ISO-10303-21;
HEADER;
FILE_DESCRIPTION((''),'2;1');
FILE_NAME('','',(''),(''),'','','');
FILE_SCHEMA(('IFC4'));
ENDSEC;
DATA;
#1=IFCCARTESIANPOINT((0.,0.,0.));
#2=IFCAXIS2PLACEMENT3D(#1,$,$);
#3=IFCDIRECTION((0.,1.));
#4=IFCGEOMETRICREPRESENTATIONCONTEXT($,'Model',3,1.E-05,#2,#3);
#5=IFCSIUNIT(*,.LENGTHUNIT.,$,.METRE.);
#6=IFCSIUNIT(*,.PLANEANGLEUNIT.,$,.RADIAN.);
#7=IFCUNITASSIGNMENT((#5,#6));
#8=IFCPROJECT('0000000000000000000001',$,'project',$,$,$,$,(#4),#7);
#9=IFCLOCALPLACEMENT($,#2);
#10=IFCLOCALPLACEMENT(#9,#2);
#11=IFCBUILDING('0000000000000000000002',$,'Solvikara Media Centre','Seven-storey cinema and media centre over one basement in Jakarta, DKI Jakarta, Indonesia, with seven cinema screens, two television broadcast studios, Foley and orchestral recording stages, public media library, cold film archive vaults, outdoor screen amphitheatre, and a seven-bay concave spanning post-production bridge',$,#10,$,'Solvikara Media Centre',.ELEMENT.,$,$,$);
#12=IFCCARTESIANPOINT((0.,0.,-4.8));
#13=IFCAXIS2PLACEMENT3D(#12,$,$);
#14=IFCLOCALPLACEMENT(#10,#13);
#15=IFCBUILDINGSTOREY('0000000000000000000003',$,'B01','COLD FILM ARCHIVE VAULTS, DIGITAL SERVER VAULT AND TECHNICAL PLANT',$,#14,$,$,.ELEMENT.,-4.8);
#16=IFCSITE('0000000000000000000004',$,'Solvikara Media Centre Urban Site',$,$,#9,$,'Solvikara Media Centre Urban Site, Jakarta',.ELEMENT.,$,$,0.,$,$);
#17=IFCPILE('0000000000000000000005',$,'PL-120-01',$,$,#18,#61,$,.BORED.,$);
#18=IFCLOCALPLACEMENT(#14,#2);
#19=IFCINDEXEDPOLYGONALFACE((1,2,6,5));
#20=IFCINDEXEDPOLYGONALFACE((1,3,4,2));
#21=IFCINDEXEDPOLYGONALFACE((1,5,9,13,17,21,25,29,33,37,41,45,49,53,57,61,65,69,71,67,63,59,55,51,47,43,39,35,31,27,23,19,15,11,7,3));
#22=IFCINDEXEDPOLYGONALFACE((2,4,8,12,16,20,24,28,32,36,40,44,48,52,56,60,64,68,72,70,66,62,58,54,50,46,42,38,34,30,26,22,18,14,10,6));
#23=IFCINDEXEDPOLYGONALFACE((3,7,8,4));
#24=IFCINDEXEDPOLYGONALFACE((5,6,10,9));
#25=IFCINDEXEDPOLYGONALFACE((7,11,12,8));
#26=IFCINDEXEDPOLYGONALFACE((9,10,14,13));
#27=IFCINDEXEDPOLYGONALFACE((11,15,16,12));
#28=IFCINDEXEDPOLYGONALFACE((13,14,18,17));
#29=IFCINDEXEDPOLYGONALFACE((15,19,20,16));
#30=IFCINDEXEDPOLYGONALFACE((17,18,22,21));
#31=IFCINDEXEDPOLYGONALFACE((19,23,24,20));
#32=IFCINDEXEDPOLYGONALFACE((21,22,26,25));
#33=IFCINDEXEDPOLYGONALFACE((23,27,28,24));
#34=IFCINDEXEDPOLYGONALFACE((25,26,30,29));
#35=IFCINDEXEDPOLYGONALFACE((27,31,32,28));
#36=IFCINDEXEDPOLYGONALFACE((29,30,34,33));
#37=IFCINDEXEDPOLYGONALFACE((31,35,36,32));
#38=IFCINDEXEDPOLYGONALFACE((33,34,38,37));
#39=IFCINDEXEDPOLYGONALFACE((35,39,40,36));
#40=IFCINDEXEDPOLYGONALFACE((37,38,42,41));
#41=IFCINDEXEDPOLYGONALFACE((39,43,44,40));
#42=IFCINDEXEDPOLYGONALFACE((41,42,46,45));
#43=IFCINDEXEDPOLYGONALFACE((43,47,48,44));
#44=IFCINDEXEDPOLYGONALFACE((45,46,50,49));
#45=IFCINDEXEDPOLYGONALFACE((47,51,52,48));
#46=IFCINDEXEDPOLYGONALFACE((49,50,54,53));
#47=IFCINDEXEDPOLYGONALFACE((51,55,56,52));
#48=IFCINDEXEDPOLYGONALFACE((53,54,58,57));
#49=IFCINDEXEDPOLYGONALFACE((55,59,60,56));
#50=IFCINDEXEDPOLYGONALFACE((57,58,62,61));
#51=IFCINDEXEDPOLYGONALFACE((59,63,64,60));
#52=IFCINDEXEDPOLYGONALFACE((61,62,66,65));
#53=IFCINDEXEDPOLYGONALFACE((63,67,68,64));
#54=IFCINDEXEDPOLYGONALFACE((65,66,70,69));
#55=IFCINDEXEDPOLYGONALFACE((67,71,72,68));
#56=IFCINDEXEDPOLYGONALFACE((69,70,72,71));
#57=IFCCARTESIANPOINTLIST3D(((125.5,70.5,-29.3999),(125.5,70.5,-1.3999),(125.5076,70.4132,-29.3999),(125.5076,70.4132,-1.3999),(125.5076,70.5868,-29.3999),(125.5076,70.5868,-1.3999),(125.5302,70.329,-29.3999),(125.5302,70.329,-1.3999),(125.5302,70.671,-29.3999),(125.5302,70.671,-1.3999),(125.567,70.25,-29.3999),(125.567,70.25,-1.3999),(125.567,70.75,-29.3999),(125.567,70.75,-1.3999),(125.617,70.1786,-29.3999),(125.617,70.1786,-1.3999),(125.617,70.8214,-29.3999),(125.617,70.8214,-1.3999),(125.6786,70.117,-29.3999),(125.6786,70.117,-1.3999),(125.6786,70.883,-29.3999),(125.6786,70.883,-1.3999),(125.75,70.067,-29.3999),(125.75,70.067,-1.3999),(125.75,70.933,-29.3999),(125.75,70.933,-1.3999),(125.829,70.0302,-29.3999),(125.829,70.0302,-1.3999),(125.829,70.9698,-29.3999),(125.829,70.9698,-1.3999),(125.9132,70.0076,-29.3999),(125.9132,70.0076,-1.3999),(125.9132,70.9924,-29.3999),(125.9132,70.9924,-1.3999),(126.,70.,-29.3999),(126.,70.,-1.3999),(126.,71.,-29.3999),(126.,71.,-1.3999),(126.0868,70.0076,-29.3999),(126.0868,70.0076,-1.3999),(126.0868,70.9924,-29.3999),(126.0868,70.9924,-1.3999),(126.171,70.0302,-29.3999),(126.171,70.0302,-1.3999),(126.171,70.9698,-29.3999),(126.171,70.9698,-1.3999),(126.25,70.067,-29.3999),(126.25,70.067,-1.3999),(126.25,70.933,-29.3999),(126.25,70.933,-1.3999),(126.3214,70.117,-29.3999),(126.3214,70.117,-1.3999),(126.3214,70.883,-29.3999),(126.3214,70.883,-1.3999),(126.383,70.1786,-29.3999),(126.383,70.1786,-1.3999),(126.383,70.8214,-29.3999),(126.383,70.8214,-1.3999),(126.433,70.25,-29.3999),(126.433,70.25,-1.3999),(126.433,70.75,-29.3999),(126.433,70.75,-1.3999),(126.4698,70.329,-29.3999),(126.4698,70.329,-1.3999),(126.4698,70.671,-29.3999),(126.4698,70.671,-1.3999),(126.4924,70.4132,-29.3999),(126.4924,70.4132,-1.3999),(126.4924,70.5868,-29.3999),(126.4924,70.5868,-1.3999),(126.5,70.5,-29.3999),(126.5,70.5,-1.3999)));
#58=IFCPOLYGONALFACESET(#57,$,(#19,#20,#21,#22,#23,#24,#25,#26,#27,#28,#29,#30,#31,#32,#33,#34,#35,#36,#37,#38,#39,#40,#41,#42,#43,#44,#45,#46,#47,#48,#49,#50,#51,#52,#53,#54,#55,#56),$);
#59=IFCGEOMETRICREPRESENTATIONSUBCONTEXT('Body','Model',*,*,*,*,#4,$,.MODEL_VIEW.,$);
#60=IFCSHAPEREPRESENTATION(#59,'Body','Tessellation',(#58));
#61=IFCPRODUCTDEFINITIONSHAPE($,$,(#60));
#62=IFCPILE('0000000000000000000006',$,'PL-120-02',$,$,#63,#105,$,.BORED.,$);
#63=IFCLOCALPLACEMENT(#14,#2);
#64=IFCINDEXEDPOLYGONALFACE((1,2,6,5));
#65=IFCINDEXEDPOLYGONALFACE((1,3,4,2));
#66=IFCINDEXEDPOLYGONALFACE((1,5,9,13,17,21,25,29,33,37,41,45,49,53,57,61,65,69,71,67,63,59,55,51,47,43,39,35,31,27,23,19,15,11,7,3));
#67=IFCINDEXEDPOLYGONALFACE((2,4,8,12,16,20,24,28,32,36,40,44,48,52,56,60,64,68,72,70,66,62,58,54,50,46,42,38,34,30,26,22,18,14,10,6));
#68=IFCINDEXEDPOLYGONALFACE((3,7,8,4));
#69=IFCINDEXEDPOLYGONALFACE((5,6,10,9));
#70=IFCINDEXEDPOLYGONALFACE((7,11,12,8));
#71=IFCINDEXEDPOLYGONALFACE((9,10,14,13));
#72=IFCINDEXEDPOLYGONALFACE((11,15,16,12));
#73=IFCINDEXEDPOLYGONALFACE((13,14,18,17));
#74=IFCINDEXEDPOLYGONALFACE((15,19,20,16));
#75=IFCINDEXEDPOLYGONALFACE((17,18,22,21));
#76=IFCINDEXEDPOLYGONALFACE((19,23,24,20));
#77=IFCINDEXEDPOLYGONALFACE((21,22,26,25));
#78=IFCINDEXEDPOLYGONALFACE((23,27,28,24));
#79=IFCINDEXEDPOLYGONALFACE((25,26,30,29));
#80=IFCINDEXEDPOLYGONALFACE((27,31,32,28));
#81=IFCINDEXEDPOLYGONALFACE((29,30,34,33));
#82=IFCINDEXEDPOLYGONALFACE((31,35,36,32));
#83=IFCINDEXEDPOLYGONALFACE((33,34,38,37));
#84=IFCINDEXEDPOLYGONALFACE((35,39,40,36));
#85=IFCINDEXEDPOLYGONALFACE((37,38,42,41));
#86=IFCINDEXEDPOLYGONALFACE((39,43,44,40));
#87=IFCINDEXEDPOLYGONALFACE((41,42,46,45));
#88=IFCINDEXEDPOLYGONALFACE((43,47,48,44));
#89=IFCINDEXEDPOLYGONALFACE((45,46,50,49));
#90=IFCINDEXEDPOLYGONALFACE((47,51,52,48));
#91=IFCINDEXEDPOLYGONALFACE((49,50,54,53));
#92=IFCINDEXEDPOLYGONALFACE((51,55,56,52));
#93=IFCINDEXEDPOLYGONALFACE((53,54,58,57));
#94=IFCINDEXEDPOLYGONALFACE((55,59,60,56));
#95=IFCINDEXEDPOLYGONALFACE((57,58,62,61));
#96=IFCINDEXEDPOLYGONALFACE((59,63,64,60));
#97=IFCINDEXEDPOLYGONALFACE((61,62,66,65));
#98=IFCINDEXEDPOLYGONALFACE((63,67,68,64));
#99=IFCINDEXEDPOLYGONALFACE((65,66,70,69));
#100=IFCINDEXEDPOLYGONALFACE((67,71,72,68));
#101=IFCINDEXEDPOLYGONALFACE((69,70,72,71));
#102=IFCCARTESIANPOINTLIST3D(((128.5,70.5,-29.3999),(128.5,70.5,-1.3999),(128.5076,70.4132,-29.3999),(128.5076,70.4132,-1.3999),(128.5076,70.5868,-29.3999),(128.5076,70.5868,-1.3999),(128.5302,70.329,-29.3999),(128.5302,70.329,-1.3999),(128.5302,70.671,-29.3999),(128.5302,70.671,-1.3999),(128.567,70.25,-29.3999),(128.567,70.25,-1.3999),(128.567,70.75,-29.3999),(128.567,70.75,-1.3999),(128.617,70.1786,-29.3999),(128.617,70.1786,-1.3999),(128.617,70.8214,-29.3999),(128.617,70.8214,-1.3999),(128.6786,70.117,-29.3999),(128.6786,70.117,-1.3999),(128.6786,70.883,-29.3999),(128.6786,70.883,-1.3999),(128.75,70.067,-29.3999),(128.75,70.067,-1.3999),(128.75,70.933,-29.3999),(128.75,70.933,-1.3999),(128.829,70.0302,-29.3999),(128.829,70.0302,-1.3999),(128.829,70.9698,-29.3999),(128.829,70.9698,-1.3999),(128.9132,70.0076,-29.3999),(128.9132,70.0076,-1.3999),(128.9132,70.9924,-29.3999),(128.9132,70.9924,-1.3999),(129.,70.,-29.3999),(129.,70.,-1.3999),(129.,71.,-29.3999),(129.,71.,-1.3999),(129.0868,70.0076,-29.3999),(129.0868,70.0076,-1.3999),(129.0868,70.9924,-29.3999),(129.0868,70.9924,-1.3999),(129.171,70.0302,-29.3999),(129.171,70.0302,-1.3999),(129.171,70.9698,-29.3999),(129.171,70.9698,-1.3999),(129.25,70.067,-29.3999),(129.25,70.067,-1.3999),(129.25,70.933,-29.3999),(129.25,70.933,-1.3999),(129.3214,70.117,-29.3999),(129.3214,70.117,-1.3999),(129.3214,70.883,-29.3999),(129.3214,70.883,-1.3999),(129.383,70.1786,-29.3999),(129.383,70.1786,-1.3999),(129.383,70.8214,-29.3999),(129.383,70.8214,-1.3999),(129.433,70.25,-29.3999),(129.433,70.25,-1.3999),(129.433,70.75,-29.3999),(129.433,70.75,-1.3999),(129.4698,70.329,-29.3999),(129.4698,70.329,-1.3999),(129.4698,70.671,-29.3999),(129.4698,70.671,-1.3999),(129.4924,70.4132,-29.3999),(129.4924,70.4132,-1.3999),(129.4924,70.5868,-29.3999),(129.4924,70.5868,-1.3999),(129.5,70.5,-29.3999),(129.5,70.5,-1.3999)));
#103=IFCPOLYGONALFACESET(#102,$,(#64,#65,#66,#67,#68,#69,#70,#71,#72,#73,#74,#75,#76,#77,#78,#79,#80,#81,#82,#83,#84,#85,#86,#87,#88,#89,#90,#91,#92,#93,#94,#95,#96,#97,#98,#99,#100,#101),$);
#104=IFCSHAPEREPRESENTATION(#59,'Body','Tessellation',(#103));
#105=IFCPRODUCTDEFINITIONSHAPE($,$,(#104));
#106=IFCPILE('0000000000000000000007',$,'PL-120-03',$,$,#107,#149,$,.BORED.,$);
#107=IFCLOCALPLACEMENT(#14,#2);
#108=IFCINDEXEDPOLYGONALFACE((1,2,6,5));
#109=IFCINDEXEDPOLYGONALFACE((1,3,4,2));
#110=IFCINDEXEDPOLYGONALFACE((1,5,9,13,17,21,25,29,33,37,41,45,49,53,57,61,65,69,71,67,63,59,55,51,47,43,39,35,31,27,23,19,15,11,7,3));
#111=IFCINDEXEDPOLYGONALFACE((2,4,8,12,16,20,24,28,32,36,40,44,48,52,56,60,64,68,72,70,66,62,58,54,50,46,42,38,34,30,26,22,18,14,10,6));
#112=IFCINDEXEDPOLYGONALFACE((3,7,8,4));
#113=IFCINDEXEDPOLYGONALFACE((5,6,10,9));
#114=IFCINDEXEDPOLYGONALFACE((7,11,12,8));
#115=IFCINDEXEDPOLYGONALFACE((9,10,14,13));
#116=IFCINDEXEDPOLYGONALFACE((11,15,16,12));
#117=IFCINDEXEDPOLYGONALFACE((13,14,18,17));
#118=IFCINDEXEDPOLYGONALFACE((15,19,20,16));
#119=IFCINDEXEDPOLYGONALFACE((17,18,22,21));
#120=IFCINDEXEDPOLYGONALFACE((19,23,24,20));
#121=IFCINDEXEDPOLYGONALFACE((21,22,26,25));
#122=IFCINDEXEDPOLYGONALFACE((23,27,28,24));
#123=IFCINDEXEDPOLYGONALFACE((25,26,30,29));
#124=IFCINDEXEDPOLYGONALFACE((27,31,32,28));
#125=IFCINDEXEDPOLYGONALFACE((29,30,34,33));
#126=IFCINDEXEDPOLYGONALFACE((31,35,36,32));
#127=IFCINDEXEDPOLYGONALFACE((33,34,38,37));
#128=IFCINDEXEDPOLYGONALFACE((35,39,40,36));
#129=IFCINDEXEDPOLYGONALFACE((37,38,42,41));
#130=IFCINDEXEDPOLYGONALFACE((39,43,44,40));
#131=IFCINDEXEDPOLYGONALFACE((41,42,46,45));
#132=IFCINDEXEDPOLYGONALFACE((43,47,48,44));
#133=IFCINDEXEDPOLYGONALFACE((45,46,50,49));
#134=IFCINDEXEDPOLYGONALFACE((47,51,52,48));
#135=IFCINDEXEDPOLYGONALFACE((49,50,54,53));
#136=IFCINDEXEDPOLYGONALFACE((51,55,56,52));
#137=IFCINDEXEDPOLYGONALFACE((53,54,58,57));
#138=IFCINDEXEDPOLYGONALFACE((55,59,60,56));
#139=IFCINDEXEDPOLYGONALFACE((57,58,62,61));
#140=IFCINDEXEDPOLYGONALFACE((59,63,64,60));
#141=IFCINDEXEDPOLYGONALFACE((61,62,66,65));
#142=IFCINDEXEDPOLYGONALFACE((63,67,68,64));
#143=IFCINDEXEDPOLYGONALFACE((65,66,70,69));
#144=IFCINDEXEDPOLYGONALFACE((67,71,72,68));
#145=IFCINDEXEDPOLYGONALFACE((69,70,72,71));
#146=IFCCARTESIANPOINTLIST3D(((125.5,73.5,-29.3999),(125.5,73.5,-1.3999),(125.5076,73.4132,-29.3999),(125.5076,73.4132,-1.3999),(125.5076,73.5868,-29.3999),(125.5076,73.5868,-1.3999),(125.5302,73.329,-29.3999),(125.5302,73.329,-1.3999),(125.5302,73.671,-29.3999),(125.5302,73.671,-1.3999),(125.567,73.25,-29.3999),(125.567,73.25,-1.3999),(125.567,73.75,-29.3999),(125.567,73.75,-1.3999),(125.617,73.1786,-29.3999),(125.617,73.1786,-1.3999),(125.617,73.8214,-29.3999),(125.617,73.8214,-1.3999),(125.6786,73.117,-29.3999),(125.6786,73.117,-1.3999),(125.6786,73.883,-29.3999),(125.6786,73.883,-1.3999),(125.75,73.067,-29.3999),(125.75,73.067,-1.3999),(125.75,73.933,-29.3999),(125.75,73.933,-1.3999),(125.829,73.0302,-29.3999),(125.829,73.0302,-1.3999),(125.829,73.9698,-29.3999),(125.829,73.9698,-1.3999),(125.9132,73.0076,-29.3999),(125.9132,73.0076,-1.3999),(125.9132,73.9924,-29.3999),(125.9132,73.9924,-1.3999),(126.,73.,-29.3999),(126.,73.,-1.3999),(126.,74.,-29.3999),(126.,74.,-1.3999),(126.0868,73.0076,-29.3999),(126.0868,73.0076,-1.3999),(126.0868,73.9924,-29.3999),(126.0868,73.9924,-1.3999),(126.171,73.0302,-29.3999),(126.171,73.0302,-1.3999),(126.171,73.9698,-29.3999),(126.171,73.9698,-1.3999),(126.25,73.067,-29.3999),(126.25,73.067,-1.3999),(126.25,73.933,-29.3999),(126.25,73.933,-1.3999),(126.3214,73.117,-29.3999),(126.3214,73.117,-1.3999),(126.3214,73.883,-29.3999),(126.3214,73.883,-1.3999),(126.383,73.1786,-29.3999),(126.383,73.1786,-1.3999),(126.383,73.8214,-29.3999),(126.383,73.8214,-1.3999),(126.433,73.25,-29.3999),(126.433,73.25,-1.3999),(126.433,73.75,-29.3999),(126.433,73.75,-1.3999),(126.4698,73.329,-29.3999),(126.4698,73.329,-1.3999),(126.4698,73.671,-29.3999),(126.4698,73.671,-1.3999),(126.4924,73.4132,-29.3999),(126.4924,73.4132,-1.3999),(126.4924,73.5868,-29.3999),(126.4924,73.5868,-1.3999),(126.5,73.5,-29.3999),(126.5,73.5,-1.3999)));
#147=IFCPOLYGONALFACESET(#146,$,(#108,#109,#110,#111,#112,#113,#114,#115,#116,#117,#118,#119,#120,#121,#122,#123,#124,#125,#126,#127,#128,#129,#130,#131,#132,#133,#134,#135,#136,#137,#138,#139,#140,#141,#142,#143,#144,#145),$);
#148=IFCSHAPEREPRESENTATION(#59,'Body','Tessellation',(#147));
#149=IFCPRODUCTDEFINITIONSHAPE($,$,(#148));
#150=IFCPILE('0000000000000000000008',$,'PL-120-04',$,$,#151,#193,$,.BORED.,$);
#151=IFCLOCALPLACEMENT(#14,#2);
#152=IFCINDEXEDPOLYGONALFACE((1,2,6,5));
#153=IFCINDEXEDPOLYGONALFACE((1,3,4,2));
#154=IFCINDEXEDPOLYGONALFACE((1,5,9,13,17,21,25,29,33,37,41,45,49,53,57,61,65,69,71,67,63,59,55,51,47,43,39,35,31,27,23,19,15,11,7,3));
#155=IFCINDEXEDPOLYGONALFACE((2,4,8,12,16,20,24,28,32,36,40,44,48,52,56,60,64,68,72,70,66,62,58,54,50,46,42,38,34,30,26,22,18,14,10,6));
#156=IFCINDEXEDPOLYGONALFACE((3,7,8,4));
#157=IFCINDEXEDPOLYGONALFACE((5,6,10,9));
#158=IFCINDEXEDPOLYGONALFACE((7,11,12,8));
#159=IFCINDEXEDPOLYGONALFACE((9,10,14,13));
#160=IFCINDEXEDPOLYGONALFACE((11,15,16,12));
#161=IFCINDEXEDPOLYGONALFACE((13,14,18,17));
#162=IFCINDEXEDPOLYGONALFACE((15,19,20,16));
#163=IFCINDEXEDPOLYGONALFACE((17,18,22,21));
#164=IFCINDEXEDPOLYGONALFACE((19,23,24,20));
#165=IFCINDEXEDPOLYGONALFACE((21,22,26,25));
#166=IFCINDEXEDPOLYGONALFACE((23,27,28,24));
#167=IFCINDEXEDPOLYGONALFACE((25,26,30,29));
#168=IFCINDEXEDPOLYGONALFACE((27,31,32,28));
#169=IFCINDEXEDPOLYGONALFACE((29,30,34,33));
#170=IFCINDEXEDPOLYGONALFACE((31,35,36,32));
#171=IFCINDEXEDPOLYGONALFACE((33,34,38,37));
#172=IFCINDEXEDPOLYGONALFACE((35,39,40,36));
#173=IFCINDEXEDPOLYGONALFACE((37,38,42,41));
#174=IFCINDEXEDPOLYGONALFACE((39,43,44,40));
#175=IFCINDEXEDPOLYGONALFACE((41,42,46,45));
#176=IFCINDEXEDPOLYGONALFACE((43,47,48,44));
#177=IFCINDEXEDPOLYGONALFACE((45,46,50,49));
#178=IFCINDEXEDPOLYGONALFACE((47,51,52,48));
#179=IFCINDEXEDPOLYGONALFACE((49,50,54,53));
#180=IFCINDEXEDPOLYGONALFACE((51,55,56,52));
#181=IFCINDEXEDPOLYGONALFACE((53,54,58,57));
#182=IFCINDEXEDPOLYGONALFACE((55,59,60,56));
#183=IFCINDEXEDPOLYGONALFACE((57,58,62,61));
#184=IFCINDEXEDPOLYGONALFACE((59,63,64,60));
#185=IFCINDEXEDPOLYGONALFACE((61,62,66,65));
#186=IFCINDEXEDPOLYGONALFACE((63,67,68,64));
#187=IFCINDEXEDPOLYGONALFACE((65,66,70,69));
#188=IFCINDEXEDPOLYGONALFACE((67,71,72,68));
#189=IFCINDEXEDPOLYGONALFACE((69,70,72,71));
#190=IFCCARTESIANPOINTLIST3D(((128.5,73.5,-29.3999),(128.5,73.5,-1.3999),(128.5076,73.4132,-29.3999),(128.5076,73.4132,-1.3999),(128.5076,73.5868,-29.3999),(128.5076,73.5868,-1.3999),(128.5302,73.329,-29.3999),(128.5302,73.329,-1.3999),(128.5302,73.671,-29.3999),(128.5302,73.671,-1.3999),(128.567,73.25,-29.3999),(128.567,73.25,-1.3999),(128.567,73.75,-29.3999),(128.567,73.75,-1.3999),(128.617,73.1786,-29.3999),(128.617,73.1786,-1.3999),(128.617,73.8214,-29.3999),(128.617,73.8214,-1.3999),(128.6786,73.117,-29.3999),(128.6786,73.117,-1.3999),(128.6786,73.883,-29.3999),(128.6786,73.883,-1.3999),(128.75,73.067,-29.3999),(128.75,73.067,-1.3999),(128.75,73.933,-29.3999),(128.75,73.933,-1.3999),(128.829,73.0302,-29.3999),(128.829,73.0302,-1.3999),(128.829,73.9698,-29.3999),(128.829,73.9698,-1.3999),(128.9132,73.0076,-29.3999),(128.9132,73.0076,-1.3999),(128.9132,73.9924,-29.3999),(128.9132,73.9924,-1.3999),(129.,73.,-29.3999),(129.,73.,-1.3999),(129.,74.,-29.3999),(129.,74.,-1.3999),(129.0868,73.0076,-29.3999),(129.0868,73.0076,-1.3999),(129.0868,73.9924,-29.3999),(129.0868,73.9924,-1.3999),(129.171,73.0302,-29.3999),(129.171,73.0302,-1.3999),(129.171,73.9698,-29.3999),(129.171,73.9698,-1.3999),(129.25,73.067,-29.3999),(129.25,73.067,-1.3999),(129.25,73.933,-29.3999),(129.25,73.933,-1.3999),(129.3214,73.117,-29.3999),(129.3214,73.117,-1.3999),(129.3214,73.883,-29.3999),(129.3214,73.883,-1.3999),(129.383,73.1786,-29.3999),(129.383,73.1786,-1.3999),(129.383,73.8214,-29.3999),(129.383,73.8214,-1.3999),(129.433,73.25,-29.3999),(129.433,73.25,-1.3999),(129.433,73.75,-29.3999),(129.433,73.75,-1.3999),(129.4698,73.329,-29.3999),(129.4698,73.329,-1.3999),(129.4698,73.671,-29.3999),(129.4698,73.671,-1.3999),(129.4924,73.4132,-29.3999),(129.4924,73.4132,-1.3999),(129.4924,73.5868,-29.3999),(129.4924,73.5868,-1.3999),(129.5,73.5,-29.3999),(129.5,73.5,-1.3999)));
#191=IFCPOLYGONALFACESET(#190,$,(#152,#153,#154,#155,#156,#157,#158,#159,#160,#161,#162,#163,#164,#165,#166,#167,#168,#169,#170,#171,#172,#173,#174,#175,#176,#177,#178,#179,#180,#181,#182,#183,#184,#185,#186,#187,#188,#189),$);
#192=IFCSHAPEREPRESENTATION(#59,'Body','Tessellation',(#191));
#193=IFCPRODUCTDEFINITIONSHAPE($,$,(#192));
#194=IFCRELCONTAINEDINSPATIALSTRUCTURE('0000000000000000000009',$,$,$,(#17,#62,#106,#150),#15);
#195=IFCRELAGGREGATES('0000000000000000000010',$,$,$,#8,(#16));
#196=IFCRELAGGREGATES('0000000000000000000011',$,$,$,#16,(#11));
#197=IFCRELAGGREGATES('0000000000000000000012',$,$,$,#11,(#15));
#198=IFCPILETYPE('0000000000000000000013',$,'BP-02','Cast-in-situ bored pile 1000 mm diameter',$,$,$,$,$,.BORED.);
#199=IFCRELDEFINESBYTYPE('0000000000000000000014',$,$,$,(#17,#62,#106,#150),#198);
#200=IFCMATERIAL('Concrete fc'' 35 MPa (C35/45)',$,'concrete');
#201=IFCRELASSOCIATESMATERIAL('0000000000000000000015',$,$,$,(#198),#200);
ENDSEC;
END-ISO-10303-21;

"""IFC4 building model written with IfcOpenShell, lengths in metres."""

from ifc_helpers import new_model, si_unit, direction, frame, origin, origin_2d, place, context, subcontext, project, spatial, circle, extrude, material, material_profile, profile_set, type_object, element, save


model = new_model("IFC4")

# Units and contexts
model_context = context("Model", 3, precision=1e-05, world=origin(), true_north=direction((0.0, 1.0)))
body_context = subcontext(model_context, "Body", "Model", "MODEL_VIEW")
ifc_project = project(units=[si_unit("LENGTHUNIT", "METRE"), si_unit("PLANEANGLEUNIT", "RADIAN")], contexts=[model_context])

# Site, building, storey
site_placement = place(None, origin())
site = spatial("IfcSite", under=ifc_project, at=site_placement, Name="Solvikara Media Centre Urban Site", LongName="Solvikara Media Centre Urban Site, Jakarta", CompositionType="ELEMENT", RefElevation=0.0)
building_placement = place(site_placement, origin())
building = spatial("IfcBuilding", under=site, at=building_placement, Name="Solvikara Media Centre", Description="Seven-storey cinema and media centre over one basement in Jakarta, DKI Jakarta, Indonesia, with seven cinema screens, two television broadcast studios, Foley and orchestral recording stages, public media library, cold film archive vaults, outdoor screen amphitheatre, and a seven-bay concave spanning post-production bridge", LongName="Solvikara Media Centre", CompositionType="ELEMENT")
storey_placement = place(building_placement, frame((0.0, 0.0, -4.8)))
storey = spatial("IfcBuildingStorey", under=building, at=storey_placement, Name="B01", Description="COLD FILM ARCHIVE VAULTS, DIGITAL SERVER VAULT AND TECHNICAL PLANT", CompositionType="ELEMENT", Elevation=-4.8)

# Piles
ifc_material_1 = material(Name="Concrete fc' 35 MPa (C35/45)", Category="concrete")
ifc_material_profile_1 = material_profile(ifc_material_1, circle(Radius=0.5, at=origin_2d()), Name="BORED PILE D1000")
ifc_profile_set_1 = profile_set([ifc_material_profile_1], Name="Concrete fc' 35 MPa (C35/45)")
pile_type_1 = type_object("IfcPileType", Name="BP-02", Description="Cast-in-situ bored pile 1000 mm diameter", PredefinedType="BORED", material=ifc_profile_set_1)
for number, where, z_axis, x_axis, name in (
    (1, (126.0, 70.5, -1.3999), (0.0, 0.0, -1.0), (1.0, 0.0, 0.0), "PL-120-01"),
    (2, (129.0, 70.5, -1.3999), (0.0, 0.0, -1.0), (1.0, 0.0, 0.0), "PL-120-02"),
    (3, (126.0, 73.5, -1.3999), (0.0, 0.0, -1.0), (1.0, 0.0, 0.0), "PL-120-03"),
    (4, (129.0, 73.5, -1.3999), (0.0, 0.0, -1.0), (1.0, 0.0, 0.0), "PL-120-04"),
):
    element("IfcPile", number, at=place(storey_placement, frame(where, z_axis=z_axis, x_axis=x_axis)), inside=storey, type_object=pile_type_1, Name=name, PredefinedType="BORED", context=body_context, shape_type="SweptSolid", body=[
        extrude(circle(Radius=0.5, at=origin_2d()), origin(), (0.0, 0.0, 1.0), 28.0),
    ])

save(model, "model.ifc")
